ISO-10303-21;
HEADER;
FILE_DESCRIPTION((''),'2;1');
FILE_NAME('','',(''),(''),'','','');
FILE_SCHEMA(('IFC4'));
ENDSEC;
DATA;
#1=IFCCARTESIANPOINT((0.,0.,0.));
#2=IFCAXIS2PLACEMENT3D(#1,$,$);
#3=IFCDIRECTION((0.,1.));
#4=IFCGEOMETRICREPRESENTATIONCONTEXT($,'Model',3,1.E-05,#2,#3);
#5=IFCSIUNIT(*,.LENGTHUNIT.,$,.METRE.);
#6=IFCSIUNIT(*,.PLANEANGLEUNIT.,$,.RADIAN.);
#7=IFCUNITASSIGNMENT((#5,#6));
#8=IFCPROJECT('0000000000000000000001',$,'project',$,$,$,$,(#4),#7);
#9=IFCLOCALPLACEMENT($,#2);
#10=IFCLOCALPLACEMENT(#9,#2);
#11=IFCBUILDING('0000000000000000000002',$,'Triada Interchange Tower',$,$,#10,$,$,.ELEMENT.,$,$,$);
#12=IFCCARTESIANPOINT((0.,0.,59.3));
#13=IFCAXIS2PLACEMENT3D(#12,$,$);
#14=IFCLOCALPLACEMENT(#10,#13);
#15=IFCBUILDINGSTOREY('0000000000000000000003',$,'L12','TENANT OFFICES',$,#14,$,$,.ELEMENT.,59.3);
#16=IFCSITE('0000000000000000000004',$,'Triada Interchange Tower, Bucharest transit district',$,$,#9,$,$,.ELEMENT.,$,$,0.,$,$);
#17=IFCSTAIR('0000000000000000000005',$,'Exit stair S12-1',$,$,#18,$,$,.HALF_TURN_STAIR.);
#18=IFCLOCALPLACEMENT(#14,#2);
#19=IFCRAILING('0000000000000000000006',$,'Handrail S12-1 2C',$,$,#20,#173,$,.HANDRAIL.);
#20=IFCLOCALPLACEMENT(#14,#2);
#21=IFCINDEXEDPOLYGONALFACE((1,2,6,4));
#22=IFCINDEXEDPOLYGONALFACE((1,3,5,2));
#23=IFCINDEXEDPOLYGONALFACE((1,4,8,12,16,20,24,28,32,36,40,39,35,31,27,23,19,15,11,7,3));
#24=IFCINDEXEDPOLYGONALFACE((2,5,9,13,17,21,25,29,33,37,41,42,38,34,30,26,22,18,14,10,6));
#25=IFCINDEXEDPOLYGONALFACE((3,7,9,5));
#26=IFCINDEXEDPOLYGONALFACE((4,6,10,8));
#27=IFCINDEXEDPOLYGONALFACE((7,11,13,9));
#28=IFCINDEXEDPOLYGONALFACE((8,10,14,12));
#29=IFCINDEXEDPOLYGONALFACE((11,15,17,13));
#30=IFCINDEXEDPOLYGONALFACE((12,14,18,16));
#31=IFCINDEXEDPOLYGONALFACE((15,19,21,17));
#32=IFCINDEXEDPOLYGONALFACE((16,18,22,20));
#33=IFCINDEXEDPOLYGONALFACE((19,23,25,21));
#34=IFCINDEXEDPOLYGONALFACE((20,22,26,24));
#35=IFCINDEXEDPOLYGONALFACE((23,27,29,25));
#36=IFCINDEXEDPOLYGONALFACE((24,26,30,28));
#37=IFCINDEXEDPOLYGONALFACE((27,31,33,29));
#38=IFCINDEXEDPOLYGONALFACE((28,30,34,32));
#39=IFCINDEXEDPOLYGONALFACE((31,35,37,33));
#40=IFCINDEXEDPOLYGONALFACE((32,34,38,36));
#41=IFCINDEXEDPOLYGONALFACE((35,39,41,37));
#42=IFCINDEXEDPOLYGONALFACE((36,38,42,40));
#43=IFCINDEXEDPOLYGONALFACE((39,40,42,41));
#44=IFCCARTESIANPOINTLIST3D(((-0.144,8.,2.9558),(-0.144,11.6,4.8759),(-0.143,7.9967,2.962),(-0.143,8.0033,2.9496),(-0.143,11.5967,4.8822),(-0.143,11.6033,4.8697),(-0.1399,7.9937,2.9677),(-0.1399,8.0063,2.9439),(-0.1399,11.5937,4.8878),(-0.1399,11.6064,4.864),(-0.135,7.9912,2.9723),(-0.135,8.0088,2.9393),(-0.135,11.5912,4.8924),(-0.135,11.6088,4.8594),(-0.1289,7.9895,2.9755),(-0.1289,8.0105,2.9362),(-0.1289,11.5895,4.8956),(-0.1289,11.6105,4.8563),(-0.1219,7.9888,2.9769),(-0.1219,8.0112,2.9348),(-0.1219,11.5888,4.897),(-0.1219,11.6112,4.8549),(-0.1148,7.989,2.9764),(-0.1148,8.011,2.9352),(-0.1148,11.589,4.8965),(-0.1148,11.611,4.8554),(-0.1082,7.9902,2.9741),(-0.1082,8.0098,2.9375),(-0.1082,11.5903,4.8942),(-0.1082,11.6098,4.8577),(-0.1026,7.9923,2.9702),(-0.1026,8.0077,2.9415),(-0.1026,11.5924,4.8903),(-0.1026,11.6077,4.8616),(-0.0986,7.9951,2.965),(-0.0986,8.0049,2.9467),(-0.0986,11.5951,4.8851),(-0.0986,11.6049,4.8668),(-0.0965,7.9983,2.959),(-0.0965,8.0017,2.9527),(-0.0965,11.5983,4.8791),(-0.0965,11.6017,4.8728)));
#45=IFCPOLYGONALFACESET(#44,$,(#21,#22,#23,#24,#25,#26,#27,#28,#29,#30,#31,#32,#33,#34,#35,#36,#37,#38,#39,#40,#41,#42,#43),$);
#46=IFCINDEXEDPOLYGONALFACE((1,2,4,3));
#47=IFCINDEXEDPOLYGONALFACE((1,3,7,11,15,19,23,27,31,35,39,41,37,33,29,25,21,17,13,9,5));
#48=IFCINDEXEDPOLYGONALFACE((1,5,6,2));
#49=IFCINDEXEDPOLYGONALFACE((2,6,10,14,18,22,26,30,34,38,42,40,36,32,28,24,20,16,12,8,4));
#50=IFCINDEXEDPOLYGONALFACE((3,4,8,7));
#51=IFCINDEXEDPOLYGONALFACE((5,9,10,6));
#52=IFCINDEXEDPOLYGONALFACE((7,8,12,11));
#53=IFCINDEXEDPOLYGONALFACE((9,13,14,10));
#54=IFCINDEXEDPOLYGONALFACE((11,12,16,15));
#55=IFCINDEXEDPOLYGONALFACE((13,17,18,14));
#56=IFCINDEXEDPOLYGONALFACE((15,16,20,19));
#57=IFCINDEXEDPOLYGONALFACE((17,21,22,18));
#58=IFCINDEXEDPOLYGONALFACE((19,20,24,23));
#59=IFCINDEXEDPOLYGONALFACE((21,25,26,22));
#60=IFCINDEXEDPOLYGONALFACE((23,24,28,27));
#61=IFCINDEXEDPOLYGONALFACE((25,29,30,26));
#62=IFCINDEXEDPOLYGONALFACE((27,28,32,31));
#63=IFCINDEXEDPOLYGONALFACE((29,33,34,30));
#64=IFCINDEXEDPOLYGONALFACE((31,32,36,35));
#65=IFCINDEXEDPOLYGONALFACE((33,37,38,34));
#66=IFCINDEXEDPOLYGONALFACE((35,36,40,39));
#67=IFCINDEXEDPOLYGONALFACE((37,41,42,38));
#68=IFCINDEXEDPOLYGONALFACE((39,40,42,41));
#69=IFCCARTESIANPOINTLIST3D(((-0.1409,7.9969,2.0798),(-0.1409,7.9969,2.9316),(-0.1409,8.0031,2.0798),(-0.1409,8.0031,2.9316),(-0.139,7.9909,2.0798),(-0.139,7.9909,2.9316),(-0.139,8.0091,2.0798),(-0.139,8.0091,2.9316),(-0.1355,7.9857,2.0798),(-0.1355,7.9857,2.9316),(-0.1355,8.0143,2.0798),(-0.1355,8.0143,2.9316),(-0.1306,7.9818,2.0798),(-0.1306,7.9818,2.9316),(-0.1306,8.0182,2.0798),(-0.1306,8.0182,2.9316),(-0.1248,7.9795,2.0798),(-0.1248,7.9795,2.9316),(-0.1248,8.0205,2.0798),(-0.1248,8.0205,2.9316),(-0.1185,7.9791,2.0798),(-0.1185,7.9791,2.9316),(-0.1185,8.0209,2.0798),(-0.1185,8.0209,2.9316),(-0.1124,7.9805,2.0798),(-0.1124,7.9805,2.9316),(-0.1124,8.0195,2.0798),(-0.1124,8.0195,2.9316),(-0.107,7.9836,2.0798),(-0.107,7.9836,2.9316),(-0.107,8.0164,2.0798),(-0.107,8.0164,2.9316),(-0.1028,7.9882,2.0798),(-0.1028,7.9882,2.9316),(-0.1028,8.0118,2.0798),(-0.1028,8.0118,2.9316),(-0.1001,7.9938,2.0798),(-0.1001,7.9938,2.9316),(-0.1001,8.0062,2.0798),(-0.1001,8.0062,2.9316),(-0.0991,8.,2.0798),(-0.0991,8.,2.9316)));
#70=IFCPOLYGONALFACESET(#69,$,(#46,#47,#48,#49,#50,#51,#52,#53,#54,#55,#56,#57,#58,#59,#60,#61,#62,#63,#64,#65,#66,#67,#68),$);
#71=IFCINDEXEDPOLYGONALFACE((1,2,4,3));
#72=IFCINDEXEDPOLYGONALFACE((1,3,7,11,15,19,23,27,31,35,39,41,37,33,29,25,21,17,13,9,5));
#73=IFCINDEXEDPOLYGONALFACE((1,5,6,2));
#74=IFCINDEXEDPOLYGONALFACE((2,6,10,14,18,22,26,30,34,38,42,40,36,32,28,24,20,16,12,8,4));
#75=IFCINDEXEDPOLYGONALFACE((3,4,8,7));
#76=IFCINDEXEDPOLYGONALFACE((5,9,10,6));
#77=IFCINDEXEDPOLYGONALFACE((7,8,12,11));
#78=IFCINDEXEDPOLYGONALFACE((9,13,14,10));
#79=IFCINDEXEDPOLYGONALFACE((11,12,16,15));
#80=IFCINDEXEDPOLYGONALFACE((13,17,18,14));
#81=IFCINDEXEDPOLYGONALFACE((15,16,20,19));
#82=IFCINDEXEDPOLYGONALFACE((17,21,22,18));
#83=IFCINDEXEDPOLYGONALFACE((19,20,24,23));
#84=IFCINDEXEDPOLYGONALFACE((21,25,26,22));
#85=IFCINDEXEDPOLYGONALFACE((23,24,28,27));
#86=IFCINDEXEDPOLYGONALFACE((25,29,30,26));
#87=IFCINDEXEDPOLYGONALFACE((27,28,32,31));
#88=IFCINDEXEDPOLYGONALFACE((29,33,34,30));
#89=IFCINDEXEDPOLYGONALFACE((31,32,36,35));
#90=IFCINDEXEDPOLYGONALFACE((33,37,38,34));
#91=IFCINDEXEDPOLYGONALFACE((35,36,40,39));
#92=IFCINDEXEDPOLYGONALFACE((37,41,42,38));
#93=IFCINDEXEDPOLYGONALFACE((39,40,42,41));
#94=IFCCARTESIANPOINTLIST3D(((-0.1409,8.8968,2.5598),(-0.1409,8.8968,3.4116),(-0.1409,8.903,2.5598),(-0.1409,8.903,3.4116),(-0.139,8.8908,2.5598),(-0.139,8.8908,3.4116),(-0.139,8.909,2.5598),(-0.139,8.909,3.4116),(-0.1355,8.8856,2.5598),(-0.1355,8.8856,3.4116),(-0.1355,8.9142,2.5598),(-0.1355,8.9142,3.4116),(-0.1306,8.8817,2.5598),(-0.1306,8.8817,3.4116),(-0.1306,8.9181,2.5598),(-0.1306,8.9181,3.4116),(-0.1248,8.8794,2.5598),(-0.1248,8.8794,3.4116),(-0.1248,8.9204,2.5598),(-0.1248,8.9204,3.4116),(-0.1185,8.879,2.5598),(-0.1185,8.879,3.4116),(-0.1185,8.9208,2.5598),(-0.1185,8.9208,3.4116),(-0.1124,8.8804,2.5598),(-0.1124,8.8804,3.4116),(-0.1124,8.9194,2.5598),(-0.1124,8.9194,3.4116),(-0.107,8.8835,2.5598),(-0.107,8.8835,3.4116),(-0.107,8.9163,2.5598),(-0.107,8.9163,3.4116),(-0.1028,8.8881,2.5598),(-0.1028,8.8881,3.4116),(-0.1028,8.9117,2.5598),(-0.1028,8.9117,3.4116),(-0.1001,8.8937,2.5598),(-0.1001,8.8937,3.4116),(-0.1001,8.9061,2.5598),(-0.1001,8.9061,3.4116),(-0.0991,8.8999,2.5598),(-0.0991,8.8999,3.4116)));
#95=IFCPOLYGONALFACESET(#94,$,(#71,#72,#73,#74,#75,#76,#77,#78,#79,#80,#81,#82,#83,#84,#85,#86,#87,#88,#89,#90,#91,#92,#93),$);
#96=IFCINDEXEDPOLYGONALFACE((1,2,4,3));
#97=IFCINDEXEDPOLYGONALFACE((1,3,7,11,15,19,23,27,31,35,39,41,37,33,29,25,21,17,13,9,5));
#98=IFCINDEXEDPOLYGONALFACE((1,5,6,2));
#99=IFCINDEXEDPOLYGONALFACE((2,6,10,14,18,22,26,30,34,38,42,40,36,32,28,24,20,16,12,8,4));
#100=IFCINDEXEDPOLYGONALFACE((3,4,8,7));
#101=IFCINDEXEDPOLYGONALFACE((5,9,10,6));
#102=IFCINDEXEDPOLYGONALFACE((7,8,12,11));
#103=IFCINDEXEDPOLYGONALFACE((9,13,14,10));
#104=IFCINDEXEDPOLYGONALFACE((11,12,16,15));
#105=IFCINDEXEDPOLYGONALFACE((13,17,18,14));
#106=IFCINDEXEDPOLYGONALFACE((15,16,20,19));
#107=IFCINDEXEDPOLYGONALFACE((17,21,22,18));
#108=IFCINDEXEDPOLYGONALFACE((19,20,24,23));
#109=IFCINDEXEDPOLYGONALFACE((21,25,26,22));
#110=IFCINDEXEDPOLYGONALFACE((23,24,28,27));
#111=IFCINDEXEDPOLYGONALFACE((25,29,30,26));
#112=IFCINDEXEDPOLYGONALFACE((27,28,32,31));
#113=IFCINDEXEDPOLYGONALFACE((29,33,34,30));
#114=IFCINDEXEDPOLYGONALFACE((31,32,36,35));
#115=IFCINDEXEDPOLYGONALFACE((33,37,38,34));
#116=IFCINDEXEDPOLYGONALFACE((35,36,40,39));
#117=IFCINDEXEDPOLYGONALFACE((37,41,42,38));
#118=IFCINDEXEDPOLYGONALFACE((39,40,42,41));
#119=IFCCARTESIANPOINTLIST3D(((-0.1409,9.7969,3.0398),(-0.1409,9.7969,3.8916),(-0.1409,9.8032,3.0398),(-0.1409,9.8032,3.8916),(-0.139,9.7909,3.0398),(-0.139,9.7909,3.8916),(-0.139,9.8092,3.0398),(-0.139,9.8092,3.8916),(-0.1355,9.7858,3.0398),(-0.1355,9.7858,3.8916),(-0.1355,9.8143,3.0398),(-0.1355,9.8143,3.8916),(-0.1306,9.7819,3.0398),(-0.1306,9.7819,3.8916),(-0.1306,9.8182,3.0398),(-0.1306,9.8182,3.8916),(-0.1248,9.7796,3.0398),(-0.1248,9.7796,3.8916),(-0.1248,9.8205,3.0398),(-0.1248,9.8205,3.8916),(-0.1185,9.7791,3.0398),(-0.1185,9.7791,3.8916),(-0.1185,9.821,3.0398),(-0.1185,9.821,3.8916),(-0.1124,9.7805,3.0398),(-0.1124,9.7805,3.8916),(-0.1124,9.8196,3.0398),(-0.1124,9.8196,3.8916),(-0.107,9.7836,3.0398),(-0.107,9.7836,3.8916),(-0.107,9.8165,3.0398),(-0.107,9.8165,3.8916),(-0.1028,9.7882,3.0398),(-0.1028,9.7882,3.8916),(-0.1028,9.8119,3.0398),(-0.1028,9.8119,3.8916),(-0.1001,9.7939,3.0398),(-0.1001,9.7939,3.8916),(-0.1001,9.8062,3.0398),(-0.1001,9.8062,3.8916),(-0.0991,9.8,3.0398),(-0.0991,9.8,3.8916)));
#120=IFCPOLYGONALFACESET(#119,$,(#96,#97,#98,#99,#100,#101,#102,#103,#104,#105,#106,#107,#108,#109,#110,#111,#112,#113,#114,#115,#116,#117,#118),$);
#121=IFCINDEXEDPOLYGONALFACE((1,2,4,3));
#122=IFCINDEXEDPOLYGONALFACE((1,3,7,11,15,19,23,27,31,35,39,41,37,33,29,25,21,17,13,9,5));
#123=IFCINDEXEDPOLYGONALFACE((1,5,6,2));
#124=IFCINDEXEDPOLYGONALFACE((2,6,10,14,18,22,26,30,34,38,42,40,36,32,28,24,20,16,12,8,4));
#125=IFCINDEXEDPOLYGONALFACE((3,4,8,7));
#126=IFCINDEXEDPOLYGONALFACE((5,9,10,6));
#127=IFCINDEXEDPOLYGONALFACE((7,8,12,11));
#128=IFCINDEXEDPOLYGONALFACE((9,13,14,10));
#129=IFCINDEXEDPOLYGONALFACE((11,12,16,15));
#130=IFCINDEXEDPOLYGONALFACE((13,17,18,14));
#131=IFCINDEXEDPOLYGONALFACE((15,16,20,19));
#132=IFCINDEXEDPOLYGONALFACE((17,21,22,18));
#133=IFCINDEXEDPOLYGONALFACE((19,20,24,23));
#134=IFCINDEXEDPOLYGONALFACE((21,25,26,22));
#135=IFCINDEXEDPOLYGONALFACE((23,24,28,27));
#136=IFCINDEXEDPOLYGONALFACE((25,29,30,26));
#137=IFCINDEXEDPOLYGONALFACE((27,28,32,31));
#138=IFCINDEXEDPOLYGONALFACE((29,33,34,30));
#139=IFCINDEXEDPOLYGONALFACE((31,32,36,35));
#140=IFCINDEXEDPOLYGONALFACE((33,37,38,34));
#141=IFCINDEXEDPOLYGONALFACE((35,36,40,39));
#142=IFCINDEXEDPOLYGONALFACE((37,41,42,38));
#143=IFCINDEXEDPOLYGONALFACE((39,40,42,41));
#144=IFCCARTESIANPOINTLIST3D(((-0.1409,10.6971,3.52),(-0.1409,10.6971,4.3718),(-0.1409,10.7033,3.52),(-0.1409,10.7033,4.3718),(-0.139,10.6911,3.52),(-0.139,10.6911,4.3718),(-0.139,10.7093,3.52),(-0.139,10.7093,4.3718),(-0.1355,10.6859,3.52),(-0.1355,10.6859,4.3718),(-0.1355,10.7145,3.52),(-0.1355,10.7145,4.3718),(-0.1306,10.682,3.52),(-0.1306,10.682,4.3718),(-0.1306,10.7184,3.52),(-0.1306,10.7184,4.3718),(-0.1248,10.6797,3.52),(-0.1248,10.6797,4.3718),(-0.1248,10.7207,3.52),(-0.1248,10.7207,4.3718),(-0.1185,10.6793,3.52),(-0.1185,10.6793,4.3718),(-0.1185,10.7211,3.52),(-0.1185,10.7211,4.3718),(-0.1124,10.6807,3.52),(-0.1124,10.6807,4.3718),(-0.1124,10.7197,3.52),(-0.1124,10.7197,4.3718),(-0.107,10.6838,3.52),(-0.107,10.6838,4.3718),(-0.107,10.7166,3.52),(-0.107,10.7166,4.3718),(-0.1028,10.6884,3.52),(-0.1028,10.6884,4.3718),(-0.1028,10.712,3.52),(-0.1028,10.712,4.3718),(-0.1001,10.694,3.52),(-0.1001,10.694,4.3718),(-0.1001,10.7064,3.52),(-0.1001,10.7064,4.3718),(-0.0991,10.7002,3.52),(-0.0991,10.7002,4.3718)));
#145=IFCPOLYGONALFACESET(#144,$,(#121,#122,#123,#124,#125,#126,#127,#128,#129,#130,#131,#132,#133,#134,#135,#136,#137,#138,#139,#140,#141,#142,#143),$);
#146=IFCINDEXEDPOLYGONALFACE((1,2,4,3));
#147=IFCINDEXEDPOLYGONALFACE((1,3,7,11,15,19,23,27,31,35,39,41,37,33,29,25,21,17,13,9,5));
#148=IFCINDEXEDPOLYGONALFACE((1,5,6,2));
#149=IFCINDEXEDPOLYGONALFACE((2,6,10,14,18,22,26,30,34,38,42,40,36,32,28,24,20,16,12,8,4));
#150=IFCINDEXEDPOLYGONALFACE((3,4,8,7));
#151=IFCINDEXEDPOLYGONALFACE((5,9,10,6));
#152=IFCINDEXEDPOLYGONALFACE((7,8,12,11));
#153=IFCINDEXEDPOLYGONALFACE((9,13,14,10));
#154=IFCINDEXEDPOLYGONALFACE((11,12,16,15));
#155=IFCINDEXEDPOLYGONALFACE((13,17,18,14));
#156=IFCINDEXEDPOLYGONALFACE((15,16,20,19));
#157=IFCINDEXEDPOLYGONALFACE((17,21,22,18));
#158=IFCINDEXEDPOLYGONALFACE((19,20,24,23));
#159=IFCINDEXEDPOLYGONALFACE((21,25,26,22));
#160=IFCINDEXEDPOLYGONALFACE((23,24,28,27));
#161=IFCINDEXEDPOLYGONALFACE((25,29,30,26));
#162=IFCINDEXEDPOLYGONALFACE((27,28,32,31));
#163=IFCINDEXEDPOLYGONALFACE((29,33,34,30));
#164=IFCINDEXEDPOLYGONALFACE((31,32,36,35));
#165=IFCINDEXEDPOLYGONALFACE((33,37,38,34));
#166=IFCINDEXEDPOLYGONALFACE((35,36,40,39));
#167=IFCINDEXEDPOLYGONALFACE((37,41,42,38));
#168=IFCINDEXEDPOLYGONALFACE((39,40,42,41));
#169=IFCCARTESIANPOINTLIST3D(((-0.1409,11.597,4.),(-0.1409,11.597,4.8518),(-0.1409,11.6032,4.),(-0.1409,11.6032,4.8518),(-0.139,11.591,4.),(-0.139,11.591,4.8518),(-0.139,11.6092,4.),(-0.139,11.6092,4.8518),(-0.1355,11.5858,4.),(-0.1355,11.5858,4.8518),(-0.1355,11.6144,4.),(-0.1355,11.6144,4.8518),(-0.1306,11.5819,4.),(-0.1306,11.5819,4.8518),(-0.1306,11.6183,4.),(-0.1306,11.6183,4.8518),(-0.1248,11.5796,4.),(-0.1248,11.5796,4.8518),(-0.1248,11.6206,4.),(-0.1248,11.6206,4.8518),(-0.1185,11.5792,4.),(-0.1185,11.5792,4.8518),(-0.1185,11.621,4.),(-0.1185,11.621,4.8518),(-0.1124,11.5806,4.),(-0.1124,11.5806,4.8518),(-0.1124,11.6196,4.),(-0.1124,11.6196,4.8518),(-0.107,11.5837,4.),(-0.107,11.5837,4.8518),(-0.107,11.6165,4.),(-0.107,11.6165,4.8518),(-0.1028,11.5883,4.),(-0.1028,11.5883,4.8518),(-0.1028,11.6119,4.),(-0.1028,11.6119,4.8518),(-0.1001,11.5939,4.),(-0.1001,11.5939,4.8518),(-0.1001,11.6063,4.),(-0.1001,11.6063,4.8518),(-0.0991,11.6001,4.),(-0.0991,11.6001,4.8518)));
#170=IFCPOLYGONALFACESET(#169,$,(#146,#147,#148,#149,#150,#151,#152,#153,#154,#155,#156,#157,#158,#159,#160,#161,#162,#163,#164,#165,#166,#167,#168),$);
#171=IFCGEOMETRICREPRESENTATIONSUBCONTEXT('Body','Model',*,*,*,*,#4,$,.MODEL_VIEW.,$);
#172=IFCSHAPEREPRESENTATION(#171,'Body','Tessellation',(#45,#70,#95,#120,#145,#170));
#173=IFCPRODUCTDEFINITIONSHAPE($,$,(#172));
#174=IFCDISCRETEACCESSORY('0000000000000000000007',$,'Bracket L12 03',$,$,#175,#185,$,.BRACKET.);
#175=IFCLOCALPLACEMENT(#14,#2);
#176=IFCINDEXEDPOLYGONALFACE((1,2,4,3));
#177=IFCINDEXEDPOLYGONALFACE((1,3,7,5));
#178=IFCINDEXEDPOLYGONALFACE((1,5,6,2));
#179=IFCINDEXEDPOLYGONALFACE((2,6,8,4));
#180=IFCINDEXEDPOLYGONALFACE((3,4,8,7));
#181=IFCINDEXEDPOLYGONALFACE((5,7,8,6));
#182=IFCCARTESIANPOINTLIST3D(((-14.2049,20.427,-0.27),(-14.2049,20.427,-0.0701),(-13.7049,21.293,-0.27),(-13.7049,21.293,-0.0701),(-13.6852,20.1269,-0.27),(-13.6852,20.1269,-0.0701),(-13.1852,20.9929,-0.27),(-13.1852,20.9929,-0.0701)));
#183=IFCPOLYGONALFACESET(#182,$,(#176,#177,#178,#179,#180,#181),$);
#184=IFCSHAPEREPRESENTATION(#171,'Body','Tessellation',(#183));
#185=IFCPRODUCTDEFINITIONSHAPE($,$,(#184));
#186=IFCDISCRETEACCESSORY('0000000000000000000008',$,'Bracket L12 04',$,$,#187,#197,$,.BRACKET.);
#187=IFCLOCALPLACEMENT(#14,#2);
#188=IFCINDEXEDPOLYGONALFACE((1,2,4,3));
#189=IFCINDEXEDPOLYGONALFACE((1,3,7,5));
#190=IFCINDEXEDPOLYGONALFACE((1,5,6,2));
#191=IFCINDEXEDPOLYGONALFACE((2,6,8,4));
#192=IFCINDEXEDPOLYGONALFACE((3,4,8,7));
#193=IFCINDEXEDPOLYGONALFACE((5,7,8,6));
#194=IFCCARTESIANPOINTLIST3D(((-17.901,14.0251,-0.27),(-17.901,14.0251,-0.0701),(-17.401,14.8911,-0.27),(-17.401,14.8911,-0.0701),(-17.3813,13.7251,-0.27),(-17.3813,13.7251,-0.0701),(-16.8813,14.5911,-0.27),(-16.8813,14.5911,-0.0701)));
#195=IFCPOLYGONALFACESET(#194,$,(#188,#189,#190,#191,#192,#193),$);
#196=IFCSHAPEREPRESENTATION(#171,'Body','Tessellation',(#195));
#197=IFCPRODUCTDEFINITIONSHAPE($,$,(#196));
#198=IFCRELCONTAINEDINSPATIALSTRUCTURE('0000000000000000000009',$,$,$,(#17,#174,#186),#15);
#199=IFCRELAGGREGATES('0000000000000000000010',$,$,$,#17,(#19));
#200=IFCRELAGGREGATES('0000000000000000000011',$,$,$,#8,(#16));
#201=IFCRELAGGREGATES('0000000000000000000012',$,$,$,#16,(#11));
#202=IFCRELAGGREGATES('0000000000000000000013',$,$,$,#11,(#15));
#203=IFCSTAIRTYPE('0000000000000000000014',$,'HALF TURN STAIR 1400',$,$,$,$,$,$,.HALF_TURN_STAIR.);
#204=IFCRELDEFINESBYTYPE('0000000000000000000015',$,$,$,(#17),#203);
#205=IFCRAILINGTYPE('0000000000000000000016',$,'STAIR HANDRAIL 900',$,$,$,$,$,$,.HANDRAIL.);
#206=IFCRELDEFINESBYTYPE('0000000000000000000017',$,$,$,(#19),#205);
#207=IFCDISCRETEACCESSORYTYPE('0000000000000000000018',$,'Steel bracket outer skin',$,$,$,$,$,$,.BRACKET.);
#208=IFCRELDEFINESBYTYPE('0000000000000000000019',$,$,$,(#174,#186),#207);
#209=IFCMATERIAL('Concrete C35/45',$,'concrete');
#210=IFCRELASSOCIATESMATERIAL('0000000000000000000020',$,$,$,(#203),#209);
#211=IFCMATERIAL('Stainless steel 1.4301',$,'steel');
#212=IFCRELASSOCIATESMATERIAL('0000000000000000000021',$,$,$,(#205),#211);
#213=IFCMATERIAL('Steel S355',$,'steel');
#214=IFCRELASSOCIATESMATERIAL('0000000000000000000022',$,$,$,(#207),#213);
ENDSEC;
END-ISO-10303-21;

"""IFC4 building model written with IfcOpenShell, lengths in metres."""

from ifc_helpers import new_model, si_unit, direction, frame, origin, origin_2d, place, context, subcontext, project, spatial, rectangle, circle, extrude, material, type_object, element, aggregate, save


model = new_model("IFC4")

# Units and contexts
model_context = context("Model", 3, precision=1e-05, world=origin(), true_north=direction((0.0, 1.0)))
body_context = subcontext(model_context, "Body", "Model", "MODEL_VIEW")
ifc_project = project(units=[si_unit("LENGTHUNIT", "METRE"), si_unit("PLANEANGLEUNIT", "RADIAN")], contexts=[model_context])

# Site, building, storey
site_placement = place(None, origin())
site = spatial("IfcSite", under=ifc_project, at=site_placement, Name="Triada Interchange Tower, Bucharest transit district", CompositionType="ELEMENT", RefElevation=0.0)
building_placement = place(site_placement, origin())
building = spatial("IfcBuilding", under=site, at=building_placement, Name="Triada Interchange Tower", CompositionType="ELEMENT")
storey_placement = place(building_placement, frame((0.0, 0.0, 59.3)))
storey = spatial("IfcBuildingStorey", under=building, at=storey_placement, Name="L12", Description="TENANT OFFICES", CompositionType="ELEMENT", Elevation=59.3)

# Stair, railing
ifc_material_1 = material(Name="Concrete C35/45", Category="concrete")
stair_type = type_object("IfcStairType", Name="HALF TURN STAIR 1400", PredefinedType="HALF_TURN_STAIR", material=ifc_material_1)
stair_placement = place(storey_placement, origin())
stair = element("IfcStair", 1, at=stair_placement, inside=storey, type_object=stair_type, Name="Exit stair S12-1", PredefinedType="HALF_TURN_STAIR")
ifc_material_2 = material(Name="Stainless steel 1.4301", Category="steel")
railing_type = type_object("IfcRailingType", Name="STAIR HANDRAIL 900", PredefinedType="HANDRAIL", material=ifc_material_2)
railing_placement = place(storey_placement, frame((-0.1201, 8.0, 2.0798)))
railing = element("IfcRailing", 2, at=railing_placement, type_object=railing_type, Name="Handrail S12-1 2C", PredefinedType="HANDRAIL", context=body_context, shape_type="SweptSolid", body=[
    extrude(circle(Radius=0.0239, at=origin_2d()), frame((0.0, 0.0, 0.876), z_axis=(0.0, 0.882341, 0.47061), x_axis=(-1.0, 0.0, 0.0)), (0.0, 0.0, 1.0), 4.0801),
    extrude(circle(Radius=0.021, at=origin_2d()), origin(), (0.0, 0.0, 1.0), 0.8518),
    extrude(circle(Radius=0.021, at=origin_2d()), frame((0.0, 0.8999, 0.48)), (0.0, 0.0, 1.0), 0.8518),
    extrude(circle(Radius=0.021, at=origin_2d()), frame((0.0, 1.8, 0.96)), (0.0, 0.0, 1.0), 0.8518),
    extrude(circle(Radius=0.021, at=origin_2d()), frame((0.0, 2.7002, 1.4402)), (0.0, 0.0, 1.0), 0.8518),
    extrude(circle(Radius=0.021, at=origin_2d()), frame((0.0, 3.6001, 1.9202)), (0.0, 0.0, 1.0), 0.8518),
])
aggregate(stair, [railing])

# Discrete accessories
ifc_material_3 = material(Name="Steel S355", Category="steel")
discrete_accessory_type = type_object("IfcDiscreteAccessoryType", Name="Steel bracket outer skin", PredefinedType="BRACKET", material=ifc_material_3)
for number, where, z_axis, x_axis, name in (
    (3, (-13.6951, 20.71, -0.27), (0.0, 0.0, 1.0), (-0.866022, 0.500006, 0.0), "Bracket L12 03"),
    (4, (-17.3911, 14.3081, -0.27), (0.0, 0.0, 1.0), (-0.866022, 0.500006, 0.0), "Bracket L12 04"),
):
    element("IfcDiscreteAccessory", number, at=place(storey_placement, frame(where, z_axis=z_axis, x_axis=x_axis)), inside=storey, type_object=discrete_accessory_type, Name=name, PredefinedType="BRACKET", context=body_context, shape_type="SweptSolid", body=[
        extrude(rectangle(XDim=0.6001, YDim=1.0, at=origin_2d()), origin(), (0.0, 0.0, 1.0), 0.2),
    ])

save(model, "model.ifc")
